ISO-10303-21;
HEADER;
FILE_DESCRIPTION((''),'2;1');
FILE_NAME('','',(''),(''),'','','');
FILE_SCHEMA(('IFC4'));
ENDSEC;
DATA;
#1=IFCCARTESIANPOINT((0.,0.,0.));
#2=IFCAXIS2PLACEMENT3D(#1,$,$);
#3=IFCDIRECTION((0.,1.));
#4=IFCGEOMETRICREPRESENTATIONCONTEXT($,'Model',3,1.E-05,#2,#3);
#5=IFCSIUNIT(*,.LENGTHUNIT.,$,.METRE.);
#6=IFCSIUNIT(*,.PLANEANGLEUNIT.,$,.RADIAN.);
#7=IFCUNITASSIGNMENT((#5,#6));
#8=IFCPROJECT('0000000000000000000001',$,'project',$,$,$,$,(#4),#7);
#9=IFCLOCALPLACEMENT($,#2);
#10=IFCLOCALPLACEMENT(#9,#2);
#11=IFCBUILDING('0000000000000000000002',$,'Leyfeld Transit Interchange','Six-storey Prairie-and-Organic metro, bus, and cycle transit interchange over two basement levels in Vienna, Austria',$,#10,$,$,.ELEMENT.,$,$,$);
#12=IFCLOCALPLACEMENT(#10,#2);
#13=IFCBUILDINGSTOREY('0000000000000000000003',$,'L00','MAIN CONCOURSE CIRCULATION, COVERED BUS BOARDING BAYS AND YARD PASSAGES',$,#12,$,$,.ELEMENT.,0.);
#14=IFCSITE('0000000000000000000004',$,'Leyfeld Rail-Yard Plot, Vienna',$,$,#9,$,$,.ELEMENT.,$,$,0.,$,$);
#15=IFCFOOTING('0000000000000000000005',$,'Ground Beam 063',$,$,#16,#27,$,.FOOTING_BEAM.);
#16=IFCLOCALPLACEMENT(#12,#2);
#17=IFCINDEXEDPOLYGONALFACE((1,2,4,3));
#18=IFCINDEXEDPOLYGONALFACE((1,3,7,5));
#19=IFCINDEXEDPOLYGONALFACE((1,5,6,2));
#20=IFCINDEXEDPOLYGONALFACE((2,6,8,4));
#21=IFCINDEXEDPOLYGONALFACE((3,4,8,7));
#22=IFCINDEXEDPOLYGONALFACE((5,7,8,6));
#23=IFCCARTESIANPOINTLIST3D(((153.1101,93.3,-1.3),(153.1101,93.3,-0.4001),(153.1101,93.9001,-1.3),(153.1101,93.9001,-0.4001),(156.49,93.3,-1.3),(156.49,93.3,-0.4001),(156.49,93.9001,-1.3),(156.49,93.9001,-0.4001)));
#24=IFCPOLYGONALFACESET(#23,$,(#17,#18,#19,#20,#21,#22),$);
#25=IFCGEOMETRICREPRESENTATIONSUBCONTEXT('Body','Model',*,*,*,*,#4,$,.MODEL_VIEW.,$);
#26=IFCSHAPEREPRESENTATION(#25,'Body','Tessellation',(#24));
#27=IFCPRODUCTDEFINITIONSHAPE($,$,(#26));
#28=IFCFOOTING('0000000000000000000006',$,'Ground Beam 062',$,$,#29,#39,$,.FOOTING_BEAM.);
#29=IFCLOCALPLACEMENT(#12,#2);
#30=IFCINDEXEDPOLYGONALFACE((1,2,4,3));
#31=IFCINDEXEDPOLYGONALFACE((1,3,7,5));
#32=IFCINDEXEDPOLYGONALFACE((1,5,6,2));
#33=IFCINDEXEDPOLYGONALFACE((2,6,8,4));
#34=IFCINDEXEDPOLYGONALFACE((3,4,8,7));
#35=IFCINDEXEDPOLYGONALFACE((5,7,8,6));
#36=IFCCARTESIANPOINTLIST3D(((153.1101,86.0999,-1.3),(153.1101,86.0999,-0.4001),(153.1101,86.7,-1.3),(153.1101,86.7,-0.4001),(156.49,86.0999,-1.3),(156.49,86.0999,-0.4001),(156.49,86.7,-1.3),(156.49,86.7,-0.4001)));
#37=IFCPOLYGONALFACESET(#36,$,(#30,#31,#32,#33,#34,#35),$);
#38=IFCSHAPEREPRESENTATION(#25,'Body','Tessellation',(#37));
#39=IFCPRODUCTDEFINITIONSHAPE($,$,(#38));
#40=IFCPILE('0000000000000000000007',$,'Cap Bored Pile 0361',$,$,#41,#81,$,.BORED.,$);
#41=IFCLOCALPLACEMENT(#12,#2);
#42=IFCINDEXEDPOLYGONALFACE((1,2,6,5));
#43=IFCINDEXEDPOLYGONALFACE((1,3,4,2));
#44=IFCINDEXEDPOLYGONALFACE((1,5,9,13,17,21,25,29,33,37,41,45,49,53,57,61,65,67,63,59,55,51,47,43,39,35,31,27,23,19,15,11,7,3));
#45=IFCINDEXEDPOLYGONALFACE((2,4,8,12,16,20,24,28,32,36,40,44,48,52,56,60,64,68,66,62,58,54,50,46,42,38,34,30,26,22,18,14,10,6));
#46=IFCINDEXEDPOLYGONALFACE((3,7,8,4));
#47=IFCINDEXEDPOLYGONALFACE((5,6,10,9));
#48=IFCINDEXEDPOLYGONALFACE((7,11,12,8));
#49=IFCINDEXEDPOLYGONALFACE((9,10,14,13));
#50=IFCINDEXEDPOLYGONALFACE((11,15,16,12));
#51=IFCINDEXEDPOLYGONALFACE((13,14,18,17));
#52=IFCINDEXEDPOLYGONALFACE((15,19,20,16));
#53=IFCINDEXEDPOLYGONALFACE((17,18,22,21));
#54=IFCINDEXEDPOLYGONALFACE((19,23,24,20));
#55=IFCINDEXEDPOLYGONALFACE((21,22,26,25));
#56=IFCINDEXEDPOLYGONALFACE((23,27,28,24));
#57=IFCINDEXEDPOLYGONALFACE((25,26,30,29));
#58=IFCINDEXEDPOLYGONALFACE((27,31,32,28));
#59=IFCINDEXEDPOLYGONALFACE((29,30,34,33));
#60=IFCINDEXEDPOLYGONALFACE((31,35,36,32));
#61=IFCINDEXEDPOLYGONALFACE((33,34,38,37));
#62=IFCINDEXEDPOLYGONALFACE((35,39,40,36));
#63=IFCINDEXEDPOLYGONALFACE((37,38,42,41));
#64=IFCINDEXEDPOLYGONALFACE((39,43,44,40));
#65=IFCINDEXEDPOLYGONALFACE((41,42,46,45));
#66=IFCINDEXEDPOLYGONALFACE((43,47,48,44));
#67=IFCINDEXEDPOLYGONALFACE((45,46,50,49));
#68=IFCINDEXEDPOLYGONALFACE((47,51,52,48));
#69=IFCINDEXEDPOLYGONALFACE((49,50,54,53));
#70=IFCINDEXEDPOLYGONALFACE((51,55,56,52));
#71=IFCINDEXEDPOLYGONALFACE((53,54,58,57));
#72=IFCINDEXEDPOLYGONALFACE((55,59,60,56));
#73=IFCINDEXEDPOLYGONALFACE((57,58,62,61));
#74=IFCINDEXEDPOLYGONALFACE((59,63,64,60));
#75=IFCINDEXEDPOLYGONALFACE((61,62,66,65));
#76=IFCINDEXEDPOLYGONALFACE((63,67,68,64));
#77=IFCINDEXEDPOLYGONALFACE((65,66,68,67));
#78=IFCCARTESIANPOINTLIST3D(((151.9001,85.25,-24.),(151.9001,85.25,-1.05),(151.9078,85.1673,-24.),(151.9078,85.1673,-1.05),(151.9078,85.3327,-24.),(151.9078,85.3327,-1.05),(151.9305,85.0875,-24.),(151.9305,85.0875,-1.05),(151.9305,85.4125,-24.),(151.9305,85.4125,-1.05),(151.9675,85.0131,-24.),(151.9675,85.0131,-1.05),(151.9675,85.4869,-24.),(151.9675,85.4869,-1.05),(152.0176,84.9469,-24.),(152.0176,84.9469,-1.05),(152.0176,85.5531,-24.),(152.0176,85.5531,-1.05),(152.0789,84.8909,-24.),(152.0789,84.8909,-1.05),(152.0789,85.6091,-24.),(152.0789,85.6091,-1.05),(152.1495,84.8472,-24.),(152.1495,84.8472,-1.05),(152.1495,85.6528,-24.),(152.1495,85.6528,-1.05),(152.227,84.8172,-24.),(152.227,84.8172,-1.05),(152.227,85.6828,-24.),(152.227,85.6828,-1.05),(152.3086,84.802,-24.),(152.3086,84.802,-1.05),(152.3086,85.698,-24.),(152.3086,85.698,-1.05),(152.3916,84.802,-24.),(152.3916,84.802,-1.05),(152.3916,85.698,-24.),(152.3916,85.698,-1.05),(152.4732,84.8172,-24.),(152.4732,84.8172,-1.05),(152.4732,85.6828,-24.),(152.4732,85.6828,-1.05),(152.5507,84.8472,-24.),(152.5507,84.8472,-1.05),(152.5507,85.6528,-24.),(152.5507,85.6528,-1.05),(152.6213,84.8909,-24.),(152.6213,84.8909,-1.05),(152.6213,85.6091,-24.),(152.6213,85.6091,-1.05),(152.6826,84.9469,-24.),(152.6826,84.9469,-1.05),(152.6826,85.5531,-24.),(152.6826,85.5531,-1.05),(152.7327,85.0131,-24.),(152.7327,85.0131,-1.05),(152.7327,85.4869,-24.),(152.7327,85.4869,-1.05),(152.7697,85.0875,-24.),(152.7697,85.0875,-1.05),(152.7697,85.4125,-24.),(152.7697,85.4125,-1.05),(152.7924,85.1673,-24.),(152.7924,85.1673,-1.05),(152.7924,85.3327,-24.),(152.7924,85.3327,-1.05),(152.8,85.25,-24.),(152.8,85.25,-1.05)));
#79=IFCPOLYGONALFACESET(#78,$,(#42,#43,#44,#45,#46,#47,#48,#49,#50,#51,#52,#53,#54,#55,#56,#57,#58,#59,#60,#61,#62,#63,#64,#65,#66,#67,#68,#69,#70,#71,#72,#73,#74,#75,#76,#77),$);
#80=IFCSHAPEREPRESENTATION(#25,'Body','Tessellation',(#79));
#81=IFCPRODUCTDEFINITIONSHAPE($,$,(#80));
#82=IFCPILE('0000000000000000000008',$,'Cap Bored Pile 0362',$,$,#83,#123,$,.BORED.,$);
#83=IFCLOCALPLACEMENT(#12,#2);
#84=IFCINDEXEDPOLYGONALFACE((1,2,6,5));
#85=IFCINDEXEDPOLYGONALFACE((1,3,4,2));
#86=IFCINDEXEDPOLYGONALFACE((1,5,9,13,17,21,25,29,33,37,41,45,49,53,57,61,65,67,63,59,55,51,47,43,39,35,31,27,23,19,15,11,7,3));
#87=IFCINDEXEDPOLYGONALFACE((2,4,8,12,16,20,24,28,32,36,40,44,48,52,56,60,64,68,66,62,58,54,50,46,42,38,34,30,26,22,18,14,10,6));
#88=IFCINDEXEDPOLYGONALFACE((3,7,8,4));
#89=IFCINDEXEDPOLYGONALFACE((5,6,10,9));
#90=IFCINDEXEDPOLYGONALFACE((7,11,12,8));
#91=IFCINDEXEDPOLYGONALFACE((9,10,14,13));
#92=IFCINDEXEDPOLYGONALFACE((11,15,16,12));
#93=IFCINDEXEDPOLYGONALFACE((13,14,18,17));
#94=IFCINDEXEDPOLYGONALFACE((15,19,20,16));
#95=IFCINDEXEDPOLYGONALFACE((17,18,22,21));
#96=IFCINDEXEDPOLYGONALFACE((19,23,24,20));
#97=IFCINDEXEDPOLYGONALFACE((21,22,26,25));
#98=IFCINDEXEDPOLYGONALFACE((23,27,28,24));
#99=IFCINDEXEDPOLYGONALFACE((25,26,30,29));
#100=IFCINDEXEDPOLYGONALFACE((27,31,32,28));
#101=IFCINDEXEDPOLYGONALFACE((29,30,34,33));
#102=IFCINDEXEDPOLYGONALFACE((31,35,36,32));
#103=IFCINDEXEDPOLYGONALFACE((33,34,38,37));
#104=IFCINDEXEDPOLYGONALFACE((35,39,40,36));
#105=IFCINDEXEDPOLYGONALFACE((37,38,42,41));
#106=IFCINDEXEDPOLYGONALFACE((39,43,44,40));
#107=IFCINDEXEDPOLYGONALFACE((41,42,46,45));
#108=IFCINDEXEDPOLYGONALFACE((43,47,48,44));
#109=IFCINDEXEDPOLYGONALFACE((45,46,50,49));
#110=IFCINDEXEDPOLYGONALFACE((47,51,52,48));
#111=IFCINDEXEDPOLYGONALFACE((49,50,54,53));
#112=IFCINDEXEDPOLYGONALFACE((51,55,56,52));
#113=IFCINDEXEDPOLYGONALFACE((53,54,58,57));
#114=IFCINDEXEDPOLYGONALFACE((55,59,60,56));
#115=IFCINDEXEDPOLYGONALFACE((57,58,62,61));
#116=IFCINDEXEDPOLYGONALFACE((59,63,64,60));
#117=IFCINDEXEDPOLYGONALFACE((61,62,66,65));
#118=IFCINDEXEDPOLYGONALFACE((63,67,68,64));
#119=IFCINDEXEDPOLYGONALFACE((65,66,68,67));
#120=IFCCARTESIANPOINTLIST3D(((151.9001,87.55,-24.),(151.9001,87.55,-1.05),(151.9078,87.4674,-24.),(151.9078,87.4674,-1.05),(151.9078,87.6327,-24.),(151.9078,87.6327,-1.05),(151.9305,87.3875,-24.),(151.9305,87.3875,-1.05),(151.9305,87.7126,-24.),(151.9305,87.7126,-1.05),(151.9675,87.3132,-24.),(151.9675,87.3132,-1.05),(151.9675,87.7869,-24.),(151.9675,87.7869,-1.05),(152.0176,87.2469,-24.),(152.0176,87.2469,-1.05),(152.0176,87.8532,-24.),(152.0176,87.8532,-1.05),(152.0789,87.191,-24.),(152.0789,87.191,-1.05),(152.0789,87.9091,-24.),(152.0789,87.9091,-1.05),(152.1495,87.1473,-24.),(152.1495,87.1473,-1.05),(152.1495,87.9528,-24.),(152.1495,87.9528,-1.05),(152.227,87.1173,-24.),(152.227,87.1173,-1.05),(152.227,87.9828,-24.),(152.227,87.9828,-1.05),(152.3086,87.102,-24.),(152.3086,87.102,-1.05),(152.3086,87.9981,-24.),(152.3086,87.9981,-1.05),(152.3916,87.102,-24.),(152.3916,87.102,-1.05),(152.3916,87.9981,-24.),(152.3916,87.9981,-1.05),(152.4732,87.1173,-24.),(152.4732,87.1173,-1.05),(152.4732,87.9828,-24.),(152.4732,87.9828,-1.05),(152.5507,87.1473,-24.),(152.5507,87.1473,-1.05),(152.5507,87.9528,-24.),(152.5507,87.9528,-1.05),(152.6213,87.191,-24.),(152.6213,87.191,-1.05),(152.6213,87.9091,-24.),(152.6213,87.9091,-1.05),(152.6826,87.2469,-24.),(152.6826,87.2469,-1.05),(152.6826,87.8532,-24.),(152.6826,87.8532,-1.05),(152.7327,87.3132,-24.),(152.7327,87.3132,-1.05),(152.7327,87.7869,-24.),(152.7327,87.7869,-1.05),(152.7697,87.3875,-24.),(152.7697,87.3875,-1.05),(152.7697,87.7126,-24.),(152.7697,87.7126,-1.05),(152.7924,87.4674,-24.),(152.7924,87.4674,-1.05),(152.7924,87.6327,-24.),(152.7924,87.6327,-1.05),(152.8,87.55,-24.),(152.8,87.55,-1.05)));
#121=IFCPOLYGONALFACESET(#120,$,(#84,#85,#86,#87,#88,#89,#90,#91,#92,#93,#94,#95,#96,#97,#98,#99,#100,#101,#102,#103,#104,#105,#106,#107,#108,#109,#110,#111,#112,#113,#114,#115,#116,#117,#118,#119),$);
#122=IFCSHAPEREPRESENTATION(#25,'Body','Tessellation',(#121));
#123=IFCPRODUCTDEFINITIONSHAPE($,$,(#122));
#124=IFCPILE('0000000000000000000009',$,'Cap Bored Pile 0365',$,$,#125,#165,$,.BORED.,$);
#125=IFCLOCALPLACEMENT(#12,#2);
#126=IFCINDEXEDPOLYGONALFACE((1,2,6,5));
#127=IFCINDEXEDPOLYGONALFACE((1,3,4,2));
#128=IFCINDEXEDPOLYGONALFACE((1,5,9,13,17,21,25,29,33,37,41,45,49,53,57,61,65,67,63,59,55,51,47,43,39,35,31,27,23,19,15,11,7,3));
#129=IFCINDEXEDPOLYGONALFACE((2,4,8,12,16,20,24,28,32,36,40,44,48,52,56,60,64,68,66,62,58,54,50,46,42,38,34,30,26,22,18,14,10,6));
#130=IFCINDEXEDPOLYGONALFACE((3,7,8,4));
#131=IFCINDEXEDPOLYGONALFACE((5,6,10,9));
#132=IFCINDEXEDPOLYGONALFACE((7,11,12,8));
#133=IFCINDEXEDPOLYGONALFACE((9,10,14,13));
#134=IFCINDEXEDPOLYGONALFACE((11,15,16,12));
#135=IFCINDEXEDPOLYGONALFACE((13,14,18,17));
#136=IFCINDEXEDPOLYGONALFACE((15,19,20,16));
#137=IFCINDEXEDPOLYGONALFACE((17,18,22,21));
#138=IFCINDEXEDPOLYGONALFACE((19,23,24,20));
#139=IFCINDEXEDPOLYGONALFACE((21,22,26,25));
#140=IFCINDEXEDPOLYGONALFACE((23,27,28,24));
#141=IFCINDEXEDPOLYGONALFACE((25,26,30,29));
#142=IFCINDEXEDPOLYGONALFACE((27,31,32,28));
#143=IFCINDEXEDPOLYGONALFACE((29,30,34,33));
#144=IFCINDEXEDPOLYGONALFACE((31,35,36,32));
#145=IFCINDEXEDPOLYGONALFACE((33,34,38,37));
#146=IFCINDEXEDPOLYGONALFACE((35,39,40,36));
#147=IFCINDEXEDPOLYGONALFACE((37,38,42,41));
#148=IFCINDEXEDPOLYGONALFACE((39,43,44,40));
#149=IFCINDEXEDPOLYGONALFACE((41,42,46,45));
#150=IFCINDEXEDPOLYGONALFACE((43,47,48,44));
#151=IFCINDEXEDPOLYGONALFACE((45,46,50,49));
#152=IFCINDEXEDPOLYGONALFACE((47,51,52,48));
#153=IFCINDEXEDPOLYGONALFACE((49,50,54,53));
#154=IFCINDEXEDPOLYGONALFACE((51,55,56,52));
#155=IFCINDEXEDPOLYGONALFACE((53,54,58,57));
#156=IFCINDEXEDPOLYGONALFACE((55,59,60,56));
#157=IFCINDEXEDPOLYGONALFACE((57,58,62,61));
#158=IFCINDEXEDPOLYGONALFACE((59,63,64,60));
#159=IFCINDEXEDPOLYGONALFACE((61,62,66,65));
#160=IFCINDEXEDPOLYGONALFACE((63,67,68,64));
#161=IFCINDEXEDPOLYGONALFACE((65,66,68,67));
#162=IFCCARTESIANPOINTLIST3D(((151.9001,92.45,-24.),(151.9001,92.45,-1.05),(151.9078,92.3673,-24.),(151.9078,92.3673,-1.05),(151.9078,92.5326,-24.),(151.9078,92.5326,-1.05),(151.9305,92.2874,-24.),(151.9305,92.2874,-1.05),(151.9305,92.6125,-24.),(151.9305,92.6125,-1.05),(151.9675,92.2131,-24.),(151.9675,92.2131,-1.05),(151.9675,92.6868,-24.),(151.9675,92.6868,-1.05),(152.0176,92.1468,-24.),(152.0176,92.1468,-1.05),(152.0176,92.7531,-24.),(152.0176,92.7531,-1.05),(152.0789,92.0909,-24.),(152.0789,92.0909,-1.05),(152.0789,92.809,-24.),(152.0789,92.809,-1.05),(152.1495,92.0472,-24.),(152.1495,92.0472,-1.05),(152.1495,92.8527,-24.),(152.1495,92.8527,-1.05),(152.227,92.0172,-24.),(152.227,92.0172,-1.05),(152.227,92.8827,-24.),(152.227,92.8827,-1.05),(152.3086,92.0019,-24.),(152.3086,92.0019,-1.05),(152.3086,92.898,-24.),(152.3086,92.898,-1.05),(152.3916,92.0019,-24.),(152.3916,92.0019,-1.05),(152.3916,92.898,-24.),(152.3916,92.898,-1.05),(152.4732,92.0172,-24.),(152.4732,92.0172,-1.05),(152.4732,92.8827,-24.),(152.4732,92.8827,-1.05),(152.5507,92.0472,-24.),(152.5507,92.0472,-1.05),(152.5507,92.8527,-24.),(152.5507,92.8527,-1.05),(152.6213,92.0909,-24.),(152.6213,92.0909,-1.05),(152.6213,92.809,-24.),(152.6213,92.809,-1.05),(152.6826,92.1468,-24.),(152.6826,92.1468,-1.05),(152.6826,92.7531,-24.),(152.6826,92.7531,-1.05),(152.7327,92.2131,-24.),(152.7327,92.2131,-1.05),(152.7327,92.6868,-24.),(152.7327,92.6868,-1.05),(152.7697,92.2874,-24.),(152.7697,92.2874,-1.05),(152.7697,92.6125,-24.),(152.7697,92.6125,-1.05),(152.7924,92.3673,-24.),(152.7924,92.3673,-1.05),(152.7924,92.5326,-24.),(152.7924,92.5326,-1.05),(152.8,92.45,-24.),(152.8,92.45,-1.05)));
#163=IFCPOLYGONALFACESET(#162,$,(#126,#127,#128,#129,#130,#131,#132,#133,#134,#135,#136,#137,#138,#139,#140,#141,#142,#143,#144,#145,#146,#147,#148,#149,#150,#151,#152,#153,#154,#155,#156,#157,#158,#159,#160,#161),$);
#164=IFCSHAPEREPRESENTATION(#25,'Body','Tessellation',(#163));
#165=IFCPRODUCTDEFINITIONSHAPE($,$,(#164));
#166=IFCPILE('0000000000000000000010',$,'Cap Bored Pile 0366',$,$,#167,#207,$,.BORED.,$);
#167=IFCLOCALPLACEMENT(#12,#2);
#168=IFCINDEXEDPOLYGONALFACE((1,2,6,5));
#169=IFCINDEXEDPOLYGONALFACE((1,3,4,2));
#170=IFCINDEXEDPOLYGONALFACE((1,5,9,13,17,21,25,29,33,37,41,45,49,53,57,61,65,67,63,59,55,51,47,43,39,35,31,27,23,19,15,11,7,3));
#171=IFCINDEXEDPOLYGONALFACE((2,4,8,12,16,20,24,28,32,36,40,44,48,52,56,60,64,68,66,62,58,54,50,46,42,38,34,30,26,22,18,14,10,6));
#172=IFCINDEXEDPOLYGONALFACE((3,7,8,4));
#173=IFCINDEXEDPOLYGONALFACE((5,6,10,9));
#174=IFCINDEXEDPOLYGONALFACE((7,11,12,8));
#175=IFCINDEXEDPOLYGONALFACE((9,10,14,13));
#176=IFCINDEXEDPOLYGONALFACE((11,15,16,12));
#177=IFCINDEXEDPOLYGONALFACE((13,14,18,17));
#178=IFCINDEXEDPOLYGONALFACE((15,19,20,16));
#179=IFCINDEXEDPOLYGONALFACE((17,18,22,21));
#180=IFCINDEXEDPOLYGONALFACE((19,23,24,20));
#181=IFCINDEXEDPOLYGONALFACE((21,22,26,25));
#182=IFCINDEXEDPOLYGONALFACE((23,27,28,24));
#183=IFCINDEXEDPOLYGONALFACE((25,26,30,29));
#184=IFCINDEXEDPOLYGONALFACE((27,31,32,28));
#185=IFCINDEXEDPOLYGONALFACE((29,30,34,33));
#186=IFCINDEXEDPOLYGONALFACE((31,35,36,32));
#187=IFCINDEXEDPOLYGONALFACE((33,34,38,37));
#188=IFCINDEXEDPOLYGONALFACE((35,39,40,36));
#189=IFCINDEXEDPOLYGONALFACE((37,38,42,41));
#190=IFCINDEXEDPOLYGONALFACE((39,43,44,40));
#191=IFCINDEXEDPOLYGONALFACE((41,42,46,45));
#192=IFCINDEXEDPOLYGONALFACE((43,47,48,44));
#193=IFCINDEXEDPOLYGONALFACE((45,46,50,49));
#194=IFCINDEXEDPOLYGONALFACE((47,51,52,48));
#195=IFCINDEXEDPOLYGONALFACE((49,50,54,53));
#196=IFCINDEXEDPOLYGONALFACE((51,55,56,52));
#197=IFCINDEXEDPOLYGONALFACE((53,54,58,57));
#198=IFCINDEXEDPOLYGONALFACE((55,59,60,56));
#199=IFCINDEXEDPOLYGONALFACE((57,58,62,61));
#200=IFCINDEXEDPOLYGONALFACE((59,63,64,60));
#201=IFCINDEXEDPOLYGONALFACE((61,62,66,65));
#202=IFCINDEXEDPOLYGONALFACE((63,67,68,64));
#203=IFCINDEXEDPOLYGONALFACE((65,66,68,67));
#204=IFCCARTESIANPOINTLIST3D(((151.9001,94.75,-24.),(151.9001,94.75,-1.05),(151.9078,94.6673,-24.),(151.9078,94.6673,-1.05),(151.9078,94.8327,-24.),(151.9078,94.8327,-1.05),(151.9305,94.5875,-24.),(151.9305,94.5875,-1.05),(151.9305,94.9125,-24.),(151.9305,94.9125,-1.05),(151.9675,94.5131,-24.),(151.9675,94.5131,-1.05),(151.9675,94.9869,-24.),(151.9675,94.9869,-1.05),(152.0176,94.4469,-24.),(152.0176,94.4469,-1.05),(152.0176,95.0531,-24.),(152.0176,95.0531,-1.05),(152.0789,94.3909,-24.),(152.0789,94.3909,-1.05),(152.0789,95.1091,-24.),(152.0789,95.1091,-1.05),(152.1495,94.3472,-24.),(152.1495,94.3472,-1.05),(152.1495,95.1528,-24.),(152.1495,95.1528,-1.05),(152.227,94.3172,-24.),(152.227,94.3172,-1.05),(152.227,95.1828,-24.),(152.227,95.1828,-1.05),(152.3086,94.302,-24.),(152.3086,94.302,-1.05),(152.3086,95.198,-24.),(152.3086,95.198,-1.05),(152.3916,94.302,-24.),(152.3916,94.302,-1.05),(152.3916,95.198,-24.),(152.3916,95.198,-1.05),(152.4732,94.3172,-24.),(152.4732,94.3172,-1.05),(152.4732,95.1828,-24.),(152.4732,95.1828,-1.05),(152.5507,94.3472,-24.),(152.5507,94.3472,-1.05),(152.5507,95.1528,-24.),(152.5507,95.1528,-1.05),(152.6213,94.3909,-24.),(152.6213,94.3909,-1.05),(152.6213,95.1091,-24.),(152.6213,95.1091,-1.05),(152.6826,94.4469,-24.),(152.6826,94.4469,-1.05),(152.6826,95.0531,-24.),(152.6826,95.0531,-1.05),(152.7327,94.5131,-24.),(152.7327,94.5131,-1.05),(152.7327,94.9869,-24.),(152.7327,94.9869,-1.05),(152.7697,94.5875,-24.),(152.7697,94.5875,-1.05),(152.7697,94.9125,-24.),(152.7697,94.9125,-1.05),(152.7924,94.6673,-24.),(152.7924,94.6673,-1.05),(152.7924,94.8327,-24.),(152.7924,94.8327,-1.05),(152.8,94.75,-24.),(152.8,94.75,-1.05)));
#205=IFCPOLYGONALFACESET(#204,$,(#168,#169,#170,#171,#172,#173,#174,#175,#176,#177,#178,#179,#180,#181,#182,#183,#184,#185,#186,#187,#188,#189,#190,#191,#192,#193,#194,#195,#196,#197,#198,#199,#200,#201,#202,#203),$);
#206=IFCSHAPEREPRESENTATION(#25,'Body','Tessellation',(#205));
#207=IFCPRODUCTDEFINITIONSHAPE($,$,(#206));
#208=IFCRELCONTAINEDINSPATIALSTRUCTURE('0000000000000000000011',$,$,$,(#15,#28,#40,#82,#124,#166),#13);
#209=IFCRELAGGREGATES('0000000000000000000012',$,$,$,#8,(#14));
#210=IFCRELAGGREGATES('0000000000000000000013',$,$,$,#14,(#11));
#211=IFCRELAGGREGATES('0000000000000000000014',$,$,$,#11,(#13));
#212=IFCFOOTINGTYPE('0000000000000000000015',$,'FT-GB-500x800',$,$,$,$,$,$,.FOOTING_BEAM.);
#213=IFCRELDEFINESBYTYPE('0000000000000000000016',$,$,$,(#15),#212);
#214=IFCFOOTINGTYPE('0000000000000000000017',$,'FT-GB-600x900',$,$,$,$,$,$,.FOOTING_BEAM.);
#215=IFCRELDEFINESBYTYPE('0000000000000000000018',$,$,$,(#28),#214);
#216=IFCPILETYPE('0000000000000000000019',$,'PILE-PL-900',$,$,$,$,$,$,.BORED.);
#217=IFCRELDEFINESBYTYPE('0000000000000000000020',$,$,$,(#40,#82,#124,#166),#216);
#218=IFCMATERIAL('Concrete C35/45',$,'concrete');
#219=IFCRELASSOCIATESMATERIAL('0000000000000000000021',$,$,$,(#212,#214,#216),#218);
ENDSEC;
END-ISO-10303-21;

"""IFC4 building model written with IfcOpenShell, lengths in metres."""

from ifc_helpers import new_model, si_unit, direction, frame, origin, origin_2d, place, context, subcontext, project, spatial, rectangle, circle, extrude, material, material_profile, profile_set, type_object, element, save


model = new_model("IFC4")

# Units and contexts
model_context = context("Model", 3, precision=1e-05, world=origin(), true_north=direction((0.0, 1.0)))
body_context = subcontext(model_context, "Body", "Model", "MODEL_VIEW")
ifc_project = project(units=[si_unit("LENGTHUNIT", "METRE"), si_unit("PLANEANGLEUNIT", "RADIAN")], contexts=[model_context])

# Site, building, storey
site_placement = place(None, origin())
site = spatial("IfcSite", under=ifc_project, at=site_placement, Name="Leyfeld Rail-Yard Plot, Vienna", CompositionType="ELEMENT", RefElevation=0.0)
building_placement = place(site_placement, origin())
building = spatial("IfcBuilding", under=site, at=building_placement, Name="Leyfeld Transit Interchange", Description="Six-storey Prairie-and-Organic metro, bus, and cycle transit interchange over two basement levels in Vienna, Austria", CompositionType="ELEMENT")
storey_placement = place(building_placement, origin())
storey = spatial("IfcBuildingStorey", under=building, at=storey_placement, Name="L00", Description="MAIN CONCOURSE CIRCULATION, COVERED BUS BOARDING BAYS AND YARD PASSAGES", CompositionType="ELEMENT", Elevation=0.0)

# Footings
ifc_material_1 = material(Name="Concrete C35/45", Category="concrete")
footing_type_1 = type_object("IfcFootingType", Name="FT-GB-500x800", PredefinedType="FOOTING_BEAM", material=ifc_material_1)
footing_1_placement = place(storey_placement, frame((154.8, 93.6001, -1.3), z_axis=(0.0, 0.0, 1.0), x_axis=(1.0, 0.0, 0.0)))
element("IfcFooting", 1, at=footing_1_placement, inside=storey, type_object=footing_type_1, Name="Ground Beam 063", PredefinedType="FOOTING_BEAM", context=body_context, shape_type="SweptSolid", body=[
    extrude(rectangle(XDim=3.3799, YDim=0.6001, at=origin_2d()), origin(), (0.0, 0.0, 1.0), 0.8999),
])
footing_type_2 = type_object("IfcFootingType", Name="FT-GB-600x900", PredefinedType="FOOTING_BEAM", material=ifc_material_1)
footing_2_placement = place(storey_placement, frame((154.8, 86.3999, -1.3), z_axis=(0.0, 0.0, 1.0), x_axis=(1.0, 0.0, 0.0)))
element("IfcFooting", 2, at=footing_2_placement, inside=storey, type_object=footing_type_2, Name="Ground Beam 062", PredefinedType="FOOTING_BEAM", context=body_context, shape_type="SweptSolid", body=[
    extrude(rectangle(XDim=3.3799, YDim=0.6001, at=origin_2d()), origin(), (0.0, 0.0, 1.0), 0.8999),
])

# Piles
ifc_material_profile_1 = material_profile(ifc_material_1, circle(Radius=0.45, at=origin_2d()), Name="PILE D900")
ifc_profile_set_1 = profile_set([ifc_material_profile_1], Name="Concrete C35/45")
pile_type = type_object("IfcPileType", Name="PILE-PL-900", PredefinedType="BORED", material=ifc_profile_set_1)
for number, where, z_axis, x_axis, name in (
    (3, (152.3501, 85.25, -1.05), (0.0, 0.0, -1.0), (1.0, 0.0, 0.0), "Cap Bored Pile 0361"),
    (4, (152.3501, 87.55, -1.05), (0.0, 0.0, -1.0), (1.0, 0.0, 0.0), "Cap Bored Pile 0362"),
    (5, (152.3501, 92.45, -1.05), (0.0, 0.0, -1.0), (1.0, 0.0, 0.0), "Cap Bored Pile 0365"),
    (6, (152.3501, 94.75, -1.05), (0.0, 0.0, -1.0), (1.0, 0.0, 0.0), "Cap Bored Pile 0366"),
):
    element("IfcPile", number, at=place(storey_placement, frame(where, z_axis=z_axis, x_axis=x_axis)), inside=storey, type_object=pile_type, Name=name, PredefinedType="BORED", context=body_context, shape_type="SweptSolid", body=[
        extrude(circle(Radius=0.45, at=origin_2d()), origin(), (0.0, 0.0, 1.0), 22.95),
    ])

save(model, "model.ifc")
